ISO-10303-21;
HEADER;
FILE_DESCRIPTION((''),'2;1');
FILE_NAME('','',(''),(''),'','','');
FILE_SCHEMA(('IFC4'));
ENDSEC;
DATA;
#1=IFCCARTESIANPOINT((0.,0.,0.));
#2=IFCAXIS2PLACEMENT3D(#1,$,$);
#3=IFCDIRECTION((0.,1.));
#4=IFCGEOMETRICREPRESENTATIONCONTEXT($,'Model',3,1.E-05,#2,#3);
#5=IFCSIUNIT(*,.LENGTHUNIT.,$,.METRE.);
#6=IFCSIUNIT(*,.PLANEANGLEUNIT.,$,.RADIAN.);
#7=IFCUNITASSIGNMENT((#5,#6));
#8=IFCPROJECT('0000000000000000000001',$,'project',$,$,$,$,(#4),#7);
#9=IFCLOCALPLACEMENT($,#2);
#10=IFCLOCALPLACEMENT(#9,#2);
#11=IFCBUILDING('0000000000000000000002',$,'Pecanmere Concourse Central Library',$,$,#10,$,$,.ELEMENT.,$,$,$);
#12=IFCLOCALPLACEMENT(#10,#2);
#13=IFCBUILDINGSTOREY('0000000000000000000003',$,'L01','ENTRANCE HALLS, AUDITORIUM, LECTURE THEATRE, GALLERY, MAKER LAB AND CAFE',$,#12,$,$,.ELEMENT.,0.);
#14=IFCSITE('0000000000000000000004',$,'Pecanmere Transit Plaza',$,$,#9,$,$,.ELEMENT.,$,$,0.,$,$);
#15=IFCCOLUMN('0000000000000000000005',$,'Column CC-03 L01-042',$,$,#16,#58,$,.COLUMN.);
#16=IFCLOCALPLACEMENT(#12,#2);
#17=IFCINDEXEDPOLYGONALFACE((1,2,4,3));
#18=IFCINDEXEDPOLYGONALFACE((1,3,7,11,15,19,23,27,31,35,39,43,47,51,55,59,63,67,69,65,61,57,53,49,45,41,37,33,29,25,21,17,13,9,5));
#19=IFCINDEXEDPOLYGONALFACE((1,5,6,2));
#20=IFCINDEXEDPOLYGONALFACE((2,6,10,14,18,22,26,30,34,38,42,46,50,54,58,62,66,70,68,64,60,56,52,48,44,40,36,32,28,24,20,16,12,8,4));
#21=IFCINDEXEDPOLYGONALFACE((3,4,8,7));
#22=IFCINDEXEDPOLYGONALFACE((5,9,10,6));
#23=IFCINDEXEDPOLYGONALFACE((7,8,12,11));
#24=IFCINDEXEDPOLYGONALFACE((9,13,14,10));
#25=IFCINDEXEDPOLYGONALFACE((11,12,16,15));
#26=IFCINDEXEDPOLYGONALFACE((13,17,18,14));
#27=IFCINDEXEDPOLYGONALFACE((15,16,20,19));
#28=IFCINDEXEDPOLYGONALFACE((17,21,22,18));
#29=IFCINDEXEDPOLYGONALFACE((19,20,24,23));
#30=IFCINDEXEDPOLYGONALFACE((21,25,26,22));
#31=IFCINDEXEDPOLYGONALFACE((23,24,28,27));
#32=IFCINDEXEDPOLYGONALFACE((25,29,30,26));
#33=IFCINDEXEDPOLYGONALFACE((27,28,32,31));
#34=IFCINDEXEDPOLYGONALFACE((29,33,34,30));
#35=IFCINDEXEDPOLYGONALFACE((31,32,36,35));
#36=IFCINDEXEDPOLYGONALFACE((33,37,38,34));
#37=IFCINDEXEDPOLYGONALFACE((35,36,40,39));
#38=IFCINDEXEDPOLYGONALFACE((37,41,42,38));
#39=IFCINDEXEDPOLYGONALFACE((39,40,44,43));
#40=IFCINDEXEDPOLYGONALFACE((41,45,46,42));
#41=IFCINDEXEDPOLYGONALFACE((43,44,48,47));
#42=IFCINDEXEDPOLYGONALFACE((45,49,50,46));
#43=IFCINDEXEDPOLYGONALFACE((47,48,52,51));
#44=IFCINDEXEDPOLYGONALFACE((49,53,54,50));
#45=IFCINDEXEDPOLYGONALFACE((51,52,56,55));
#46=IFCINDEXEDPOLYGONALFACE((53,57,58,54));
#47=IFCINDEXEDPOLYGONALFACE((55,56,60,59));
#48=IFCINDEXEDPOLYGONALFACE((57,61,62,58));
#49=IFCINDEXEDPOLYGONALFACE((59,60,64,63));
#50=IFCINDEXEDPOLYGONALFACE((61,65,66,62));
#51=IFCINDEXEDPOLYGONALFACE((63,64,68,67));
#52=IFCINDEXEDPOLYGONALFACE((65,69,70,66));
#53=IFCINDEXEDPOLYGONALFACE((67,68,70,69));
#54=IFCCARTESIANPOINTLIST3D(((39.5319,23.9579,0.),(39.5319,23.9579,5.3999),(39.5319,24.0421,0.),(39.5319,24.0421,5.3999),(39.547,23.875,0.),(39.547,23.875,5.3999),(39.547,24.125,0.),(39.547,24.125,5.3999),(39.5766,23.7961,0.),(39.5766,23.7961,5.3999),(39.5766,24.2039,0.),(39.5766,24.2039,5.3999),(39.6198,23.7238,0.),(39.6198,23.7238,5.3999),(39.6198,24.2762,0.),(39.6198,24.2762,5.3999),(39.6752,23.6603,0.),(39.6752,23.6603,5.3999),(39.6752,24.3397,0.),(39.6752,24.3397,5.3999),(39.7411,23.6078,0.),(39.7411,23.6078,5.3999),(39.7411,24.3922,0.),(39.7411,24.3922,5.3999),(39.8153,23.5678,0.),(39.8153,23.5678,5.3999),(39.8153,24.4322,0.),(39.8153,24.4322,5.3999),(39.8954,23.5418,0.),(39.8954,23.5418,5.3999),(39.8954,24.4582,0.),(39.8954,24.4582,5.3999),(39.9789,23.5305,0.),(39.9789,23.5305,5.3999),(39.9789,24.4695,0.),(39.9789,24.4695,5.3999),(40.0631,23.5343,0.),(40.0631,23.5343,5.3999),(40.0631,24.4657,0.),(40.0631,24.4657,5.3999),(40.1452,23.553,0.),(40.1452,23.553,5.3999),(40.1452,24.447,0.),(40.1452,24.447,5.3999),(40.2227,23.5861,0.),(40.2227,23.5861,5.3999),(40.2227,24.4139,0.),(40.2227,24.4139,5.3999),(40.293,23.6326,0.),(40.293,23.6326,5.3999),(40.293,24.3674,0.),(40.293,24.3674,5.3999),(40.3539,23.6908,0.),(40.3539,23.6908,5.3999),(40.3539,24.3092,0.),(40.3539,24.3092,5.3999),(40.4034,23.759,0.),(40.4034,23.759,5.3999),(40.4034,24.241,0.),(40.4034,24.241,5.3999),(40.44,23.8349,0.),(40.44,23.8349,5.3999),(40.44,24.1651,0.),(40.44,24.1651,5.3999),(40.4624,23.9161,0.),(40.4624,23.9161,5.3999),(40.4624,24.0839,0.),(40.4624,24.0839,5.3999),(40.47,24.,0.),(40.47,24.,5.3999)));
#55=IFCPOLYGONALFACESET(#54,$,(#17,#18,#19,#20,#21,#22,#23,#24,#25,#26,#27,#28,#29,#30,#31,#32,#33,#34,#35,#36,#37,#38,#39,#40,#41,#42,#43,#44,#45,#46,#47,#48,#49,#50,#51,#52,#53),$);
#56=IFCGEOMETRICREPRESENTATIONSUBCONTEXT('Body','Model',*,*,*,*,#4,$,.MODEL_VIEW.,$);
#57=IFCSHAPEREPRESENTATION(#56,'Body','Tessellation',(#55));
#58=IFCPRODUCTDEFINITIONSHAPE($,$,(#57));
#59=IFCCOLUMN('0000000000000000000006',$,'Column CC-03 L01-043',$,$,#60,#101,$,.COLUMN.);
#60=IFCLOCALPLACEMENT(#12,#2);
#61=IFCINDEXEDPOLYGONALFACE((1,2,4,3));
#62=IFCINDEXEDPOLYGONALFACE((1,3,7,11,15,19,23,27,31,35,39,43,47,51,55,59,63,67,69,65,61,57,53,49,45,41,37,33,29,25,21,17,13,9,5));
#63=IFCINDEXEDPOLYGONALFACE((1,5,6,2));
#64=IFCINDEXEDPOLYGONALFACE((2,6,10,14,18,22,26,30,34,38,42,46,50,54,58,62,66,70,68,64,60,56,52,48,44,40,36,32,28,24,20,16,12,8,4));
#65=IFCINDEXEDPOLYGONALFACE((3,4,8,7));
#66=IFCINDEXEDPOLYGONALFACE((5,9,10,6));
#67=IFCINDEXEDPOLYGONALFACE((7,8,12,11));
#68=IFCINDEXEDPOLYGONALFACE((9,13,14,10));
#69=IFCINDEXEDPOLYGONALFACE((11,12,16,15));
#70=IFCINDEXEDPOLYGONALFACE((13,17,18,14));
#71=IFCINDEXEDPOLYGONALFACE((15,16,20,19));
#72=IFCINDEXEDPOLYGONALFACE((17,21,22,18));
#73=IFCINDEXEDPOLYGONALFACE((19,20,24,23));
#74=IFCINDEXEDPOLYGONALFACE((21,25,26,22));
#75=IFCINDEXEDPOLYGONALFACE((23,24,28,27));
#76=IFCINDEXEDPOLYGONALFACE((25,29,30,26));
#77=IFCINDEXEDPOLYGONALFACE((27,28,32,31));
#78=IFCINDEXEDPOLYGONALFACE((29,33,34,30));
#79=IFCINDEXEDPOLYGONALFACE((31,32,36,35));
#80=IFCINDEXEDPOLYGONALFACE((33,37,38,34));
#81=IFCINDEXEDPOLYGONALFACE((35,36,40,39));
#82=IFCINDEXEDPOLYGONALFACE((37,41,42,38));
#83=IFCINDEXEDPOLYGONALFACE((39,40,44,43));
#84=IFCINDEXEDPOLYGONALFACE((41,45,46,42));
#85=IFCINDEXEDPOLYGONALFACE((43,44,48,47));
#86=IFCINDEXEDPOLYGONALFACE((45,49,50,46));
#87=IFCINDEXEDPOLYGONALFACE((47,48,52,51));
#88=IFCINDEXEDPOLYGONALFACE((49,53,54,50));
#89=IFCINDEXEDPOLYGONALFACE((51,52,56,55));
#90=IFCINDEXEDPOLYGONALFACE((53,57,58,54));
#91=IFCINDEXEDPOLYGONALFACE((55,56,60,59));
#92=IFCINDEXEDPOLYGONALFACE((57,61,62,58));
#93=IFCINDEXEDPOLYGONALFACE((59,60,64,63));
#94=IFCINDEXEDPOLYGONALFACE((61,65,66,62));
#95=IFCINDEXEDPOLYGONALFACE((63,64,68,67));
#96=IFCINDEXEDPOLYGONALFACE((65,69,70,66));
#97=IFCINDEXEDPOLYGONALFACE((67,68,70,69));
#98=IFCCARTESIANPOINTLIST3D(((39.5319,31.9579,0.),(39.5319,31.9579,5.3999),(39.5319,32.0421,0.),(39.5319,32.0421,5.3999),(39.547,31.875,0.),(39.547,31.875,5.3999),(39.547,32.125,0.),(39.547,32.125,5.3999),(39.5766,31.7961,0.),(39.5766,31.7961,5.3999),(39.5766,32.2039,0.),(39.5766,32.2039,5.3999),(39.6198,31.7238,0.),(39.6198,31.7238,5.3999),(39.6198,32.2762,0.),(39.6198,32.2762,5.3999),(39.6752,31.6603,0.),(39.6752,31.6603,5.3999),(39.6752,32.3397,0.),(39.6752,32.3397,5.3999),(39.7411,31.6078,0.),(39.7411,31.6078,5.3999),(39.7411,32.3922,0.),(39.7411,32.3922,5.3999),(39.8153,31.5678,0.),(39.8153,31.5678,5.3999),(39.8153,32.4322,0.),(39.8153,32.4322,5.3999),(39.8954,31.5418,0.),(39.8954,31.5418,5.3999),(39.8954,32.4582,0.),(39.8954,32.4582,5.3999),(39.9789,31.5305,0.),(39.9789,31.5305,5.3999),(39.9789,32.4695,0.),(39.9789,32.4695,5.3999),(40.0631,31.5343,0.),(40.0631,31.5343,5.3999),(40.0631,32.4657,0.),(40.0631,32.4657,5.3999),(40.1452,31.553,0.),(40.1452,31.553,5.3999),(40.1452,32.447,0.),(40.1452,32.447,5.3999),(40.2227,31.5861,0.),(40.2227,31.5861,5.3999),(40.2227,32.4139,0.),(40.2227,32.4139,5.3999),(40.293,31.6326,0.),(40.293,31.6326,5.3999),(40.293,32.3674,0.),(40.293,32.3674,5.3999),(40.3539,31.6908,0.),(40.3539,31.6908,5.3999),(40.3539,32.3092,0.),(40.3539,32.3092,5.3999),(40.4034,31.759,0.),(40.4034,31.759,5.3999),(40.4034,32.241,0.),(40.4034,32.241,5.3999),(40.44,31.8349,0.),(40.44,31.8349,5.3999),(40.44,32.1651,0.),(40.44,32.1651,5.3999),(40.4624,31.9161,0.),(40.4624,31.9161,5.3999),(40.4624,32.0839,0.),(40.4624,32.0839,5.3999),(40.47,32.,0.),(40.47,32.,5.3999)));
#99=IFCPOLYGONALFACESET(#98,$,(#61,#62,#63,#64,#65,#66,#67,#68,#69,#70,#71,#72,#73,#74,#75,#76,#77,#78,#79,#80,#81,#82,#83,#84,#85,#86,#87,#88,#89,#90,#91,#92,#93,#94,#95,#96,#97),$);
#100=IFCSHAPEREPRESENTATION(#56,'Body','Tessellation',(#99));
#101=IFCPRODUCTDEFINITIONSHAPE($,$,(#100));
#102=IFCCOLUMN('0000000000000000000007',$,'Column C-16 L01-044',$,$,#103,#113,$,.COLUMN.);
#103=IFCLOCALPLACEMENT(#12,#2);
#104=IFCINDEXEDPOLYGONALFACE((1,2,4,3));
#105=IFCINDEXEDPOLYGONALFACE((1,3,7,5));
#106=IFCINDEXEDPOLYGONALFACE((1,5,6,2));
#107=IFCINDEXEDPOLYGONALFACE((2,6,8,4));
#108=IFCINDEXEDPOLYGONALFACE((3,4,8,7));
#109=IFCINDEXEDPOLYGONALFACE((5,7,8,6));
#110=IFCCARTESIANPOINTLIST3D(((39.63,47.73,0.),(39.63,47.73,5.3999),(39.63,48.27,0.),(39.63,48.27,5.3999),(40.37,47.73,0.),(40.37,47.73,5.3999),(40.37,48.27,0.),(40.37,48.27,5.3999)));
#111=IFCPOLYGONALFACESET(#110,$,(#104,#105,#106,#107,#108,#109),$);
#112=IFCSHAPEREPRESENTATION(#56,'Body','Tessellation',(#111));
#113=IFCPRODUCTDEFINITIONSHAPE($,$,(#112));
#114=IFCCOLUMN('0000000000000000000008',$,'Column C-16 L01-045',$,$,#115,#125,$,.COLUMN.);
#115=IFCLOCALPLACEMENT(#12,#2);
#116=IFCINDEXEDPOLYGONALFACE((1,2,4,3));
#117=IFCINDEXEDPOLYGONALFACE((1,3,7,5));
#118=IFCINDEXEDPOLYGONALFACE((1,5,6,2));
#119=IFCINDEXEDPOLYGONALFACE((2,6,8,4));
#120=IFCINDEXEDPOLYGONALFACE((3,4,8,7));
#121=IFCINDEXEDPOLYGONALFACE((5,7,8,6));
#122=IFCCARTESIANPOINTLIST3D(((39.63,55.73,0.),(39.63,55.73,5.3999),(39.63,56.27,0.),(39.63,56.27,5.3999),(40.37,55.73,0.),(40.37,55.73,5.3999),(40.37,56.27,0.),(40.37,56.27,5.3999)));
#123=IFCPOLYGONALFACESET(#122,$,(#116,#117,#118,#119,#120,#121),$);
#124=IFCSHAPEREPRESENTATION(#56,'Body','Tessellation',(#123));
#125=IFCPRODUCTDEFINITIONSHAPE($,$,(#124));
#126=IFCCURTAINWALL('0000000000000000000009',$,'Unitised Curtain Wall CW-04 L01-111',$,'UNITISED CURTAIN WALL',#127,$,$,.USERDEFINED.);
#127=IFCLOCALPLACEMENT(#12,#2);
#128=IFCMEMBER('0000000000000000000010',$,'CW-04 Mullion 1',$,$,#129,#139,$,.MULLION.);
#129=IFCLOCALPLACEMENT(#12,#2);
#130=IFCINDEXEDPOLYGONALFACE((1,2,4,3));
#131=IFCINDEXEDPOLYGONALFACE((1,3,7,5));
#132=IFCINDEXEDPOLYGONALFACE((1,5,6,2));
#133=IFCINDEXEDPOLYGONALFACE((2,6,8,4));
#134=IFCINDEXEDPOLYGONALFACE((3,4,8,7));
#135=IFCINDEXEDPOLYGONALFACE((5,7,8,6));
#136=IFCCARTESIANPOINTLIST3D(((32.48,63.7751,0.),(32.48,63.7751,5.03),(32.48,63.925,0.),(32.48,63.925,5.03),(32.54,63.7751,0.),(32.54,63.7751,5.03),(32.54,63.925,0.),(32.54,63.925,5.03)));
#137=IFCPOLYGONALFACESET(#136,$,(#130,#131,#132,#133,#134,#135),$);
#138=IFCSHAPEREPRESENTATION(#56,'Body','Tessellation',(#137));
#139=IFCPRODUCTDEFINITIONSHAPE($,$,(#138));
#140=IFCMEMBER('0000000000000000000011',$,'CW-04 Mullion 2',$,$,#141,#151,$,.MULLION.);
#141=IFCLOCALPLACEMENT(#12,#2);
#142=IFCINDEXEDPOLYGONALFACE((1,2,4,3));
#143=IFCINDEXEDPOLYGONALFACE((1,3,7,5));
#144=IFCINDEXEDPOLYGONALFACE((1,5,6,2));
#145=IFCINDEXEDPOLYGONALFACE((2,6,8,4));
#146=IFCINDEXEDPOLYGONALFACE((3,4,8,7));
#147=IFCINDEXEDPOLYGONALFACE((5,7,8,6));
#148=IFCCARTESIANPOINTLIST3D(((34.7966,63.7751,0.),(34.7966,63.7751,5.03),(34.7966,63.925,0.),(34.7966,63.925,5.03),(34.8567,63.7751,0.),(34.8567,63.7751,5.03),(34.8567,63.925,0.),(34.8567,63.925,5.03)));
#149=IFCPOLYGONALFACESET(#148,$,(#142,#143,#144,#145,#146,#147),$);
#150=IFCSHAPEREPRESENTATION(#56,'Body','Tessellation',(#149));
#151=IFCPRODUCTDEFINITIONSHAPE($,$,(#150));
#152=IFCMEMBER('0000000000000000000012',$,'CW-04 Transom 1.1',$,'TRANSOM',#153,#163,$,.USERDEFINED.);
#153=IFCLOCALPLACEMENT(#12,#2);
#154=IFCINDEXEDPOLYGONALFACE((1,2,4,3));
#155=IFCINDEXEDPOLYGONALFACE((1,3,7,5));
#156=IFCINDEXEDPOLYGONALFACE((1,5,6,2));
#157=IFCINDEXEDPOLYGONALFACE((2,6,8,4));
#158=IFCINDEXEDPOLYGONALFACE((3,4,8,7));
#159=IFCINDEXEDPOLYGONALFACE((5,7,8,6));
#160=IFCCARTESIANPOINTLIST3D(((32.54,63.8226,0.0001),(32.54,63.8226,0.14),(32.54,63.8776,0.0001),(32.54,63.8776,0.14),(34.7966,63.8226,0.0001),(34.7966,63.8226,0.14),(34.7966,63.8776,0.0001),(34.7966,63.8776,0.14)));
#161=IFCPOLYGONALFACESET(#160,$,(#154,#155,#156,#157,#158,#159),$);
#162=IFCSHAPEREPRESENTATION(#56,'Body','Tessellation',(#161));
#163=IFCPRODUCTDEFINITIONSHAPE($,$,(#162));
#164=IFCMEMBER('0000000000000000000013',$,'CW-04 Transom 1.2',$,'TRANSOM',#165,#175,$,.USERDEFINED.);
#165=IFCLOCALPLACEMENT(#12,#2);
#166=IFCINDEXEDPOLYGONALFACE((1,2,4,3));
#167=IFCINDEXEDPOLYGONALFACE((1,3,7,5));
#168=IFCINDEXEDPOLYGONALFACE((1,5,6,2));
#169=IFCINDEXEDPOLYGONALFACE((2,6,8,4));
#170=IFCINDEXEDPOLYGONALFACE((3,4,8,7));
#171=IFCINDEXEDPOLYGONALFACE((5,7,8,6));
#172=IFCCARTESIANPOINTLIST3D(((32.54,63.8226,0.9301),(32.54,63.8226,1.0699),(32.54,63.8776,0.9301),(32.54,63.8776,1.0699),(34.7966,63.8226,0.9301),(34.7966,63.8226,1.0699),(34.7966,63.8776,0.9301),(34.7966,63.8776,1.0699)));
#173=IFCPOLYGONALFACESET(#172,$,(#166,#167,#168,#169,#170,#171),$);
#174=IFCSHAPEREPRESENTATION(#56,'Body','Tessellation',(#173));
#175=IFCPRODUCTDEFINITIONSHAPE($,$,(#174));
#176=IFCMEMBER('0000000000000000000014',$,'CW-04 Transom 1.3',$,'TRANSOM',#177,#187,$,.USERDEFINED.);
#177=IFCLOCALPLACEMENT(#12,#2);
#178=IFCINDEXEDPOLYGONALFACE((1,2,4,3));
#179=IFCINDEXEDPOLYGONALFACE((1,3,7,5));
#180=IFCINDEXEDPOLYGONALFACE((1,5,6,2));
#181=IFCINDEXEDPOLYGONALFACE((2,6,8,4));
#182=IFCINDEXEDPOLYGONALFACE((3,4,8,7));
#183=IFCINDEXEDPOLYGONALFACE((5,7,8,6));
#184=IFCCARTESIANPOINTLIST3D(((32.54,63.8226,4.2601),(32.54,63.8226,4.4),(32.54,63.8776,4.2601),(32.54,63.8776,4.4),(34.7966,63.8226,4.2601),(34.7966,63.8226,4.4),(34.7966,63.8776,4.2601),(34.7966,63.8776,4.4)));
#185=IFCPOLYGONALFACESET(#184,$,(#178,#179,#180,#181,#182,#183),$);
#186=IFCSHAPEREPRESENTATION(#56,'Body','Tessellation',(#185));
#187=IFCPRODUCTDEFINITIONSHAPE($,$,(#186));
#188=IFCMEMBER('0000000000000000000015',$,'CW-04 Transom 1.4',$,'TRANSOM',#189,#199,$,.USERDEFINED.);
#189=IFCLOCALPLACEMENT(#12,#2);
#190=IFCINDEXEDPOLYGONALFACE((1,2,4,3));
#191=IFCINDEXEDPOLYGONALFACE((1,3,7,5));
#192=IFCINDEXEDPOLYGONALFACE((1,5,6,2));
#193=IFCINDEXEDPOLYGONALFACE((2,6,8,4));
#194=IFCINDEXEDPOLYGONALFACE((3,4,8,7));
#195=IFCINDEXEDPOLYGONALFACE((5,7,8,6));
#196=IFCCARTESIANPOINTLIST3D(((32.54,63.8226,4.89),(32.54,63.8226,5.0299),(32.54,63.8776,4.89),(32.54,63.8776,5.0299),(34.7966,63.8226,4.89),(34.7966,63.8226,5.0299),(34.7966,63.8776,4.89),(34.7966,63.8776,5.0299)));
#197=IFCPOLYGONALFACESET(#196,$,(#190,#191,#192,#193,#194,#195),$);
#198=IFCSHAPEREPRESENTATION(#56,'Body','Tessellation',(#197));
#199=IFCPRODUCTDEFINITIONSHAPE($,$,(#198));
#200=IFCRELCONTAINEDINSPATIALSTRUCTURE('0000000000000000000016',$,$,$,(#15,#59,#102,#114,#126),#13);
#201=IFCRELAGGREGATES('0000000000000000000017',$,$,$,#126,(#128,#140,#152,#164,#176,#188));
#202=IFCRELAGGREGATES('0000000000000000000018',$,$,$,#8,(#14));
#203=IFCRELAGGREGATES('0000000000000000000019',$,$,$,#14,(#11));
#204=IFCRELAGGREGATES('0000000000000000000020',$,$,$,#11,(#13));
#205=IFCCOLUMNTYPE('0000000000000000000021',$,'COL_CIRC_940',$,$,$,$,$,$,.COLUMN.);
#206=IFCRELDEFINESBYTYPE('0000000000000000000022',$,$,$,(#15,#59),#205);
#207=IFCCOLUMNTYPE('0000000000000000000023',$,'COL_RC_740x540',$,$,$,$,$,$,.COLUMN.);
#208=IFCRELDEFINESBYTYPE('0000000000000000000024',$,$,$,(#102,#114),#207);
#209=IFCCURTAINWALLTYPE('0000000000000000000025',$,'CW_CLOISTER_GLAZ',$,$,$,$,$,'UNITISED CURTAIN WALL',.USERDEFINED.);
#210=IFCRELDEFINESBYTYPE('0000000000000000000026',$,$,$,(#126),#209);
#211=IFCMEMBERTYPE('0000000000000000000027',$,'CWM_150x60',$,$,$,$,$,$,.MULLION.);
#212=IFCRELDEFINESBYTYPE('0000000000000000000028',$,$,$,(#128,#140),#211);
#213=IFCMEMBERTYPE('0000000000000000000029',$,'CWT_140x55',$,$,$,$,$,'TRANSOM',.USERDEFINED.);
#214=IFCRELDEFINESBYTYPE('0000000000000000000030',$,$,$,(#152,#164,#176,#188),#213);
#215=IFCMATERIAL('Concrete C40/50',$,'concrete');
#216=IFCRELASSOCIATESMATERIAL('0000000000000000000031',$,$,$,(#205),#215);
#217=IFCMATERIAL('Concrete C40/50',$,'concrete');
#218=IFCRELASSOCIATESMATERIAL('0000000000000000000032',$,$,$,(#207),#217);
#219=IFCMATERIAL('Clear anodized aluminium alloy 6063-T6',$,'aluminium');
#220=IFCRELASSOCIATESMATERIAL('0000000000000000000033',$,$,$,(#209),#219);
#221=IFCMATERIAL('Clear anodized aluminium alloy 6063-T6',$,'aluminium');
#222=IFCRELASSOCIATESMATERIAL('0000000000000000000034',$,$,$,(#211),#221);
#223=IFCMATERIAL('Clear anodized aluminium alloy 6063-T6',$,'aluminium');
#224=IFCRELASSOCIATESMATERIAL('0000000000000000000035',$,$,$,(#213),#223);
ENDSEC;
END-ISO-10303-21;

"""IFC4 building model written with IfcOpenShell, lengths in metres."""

from ifc_helpers import new_model, si_unit, direction, frame, origin, origin_2d, place, context, subcontext, project, spatial, rectangle, circle, extrude, material, material_profile, profile_set, type_object, element, aggregate, save


model = new_model("IFC4")

# Units and contexts
model_context = context("Model", 3, precision=1e-05, world=origin(), true_north=direction((0.0, 1.0)))
body_context = subcontext(model_context, "Body", "Model", "MODEL_VIEW")
ifc_project = project(units=[si_unit("LENGTHUNIT", "METRE"), si_unit("PLANEANGLEUNIT", "RADIAN")], contexts=[model_context])

# Site, building, storey
site_placement = place(None, origin())
site = spatial("IfcSite", under=ifc_project, at=site_placement, Name="Pecanmere Transit Plaza", CompositionType="ELEMENT", RefElevation=0.0)
building_placement = place(site_placement, origin())
building = spatial("IfcBuilding", under=site, at=building_placement, Name="Pecanmere Concourse Central Library", CompositionType="ELEMENT")
storey_placement = place(building_placement, origin())
storey = spatial("IfcBuildingStorey", under=building, at=storey_placement, Name="L01", Description="ENTRANCE HALLS, AUDITORIUM, LECTURE THEATRE, GALLERY, MAKER LAB AND CAFE", CompositionType="ELEMENT", Elevation=0.0)

# Columns
ifc_material_1 = material(Name="Concrete C40/50", Category="concrete")
ifc_material_profile_1 = material_profile(ifc_material_1, circle(Radius=0.47, at=origin_2d()), Name="RC D940")
ifc_profile_set_1 = profile_set([ifc_material_profile_1], Name="Concrete C40/50")
column_type_1 = type_object("IfcColumnType", Name="COL_CIRC_940", PredefinedType="COLUMN", material=ifc_profile_set_1)
for number, where, z_axis, x_axis, name in (
    (1, (40.0, 24.0, 0.0), (0.0, 0.0, 1.0), (1.0, 0.0, 0.0), "Column CC-03 L01-042"),
    (2, (40.0, 32.0, 0.0), (0.0, 0.0, 1.0), (1.0, 0.0, 0.0), "Column CC-03 L01-043"),
):
    element("IfcColumn", number, at=place(storey_placement, frame(where, z_axis=z_axis, x_axis=x_axis)), inside=storey, type_object=column_type_1, Name=name, PredefinedType="COLUMN", context=body_context, shape_type="SweptSolid", body=[
        extrude(circle(Radius=0.47, at=origin_2d()), origin(), (0.0, 0.0, 1.0), 5.3999),
    ])
ifc_material_2 = material(Name="Concrete C40/50", Category="concrete")
ifc_material_profile_2 = material_profile(ifc_material_2, rectangle(XDim=0.74, YDim=0.54, at=origin_2d()), Name="RC 740x540")
ifc_profile_set_2 = profile_set([ifc_material_profile_2], Name="Concrete C40/50")
column_type_2 = type_object("IfcColumnType", Name="COL_RC_740x540", PredefinedType="COLUMN", material=ifc_profile_set_2)
for number, where, z_axis, x_axis, name in (
    (3, (40.0, 48.0, 0.0), (0.0, 0.0, 1.0), (1.0, 0.0, 0.0), "Column C-16 L01-044"),
    (4, (40.0, 56.0, 0.0), (0.0, 0.0, 1.0), (1.0, 0.0, 0.0), "Column C-16 L01-045"),
):
    element("IfcColumn", number, at=place(storey_placement, frame(where, z_axis=z_axis, x_axis=x_axis)), inside=storey, type_object=column_type_2, Name=name, PredefinedType="COLUMN", context=body_context, shape_type="SweptSolid", body=[
        extrude(rectangle(XDim=0.74, YDim=0.54, at=origin_2d()), origin(), (0.0, 0.0, 1.0), 5.3999),
    ])

# Curtain wall, members
ifc_material_3 = material(Name="Clear anodized aluminium alloy 6063-T6", Category="aluminium")
curtain_wall_type = type_object("IfcCurtainWallType", Name="CW_CLOISTER_GLAZ", ElementType="UNITISED CURTAIN WALL", PredefinedType="USERDEFINED", material=ifc_material_3)
curtain_wall_placement = place(storey_placement, origin())
curtain_wall = element("IfcCurtainWall", 5, at=curtain_wall_placement, inside=storey, type_object=curtain_wall_type, Name="Unitised Curtain Wall CW-04 L01-111", ObjectType="UNITISED CURTAIN WALL", PredefinedType="USERDEFINED")
ifc_material_4 = material(Name="Clear anodized aluminium alloy 6063-T6", Category="aluminium")
ifc_material_profile_3 = material_profile(ifc_material_4, rectangle(XDim=0.0601, YDim=0.1499, at=origin_2d()), Name="AL 60x150")
ifc_profile_set_3 = profile_set([ifc_material_profile_3], Name="Clear anodized aluminium alloy 6063-T6")
member_type_1 = type_object("IfcMemberType", Name="CWM_150x60", PredefinedType="MULLION", material=ifc_profile_set_3)
member_1_placement = place(storey_placement, frame((32.51, 63.8501, 0.0), z_axis=(0.0, 0.0, 1.0), x_axis=(1.0, 0.0, 0.0)))
member_1 = element("IfcMember", 6, at=member_1_placement, type_object=member_type_1, Name="CW-04 Mullion 1", PredefinedType="MULLION", context=body_context, shape_type="SweptSolid", body=[
    extrude(rectangle(XDim=0.0601, YDim=0.1499, at=origin_2d()), origin(), (0.0, 0.0, 1.0), 5.03),
])
member_2_placement = place(storey_placement, frame((34.8267, 63.8501, 0.0), z_axis=(0.0, 0.0, 1.0), x_axis=(1.0, 0.0, 0.0)))
member_2 = element("IfcMember", 7, at=member_2_placement, type_object=member_type_1, Name="CW-04 Mullion 2", PredefinedType="MULLION", context=body_context, shape_type="SweptSolid", body=[
    extrude(rectangle(XDim=0.0601, YDim=0.1499, at=origin_2d()), origin(), (0.0, 0.0, 1.0), 5.03),
])
ifc_material_5 = material(Name="Clear anodized aluminium alloy 6063-T6", Category="aluminium")
ifc_material_profile_4 = material_profile(ifc_material_5, rectangle(XDim=0.0549, YDim=0.1399, at=origin_2d()), Name="AL 55x140")
ifc_profile_set_4 = profile_set([ifc_material_profile_4], Name="Clear anodized aluminium alloy 6063-T6")
member_type_2 = type_object("IfcMemberType", Name="CWT_140x55", ElementType="TRANSOM", PredefinedType="USERDEFINED", material=ifc_profile_set_4)
member_3_placement = place(storey_placement, frame((32.54, 63.8501, 0.0701), z_axis=(1.0, 0.0, 0.0), x_axis=(0.0, 1.0, 0.0)))
member_3 = element("IfcMember", 8, at=member_3_placement, type_object=member_type_2, Name="CW-04 Transom 1.1", ObjectType="TRANSOM", PredefinedType="USERDEFINED", context=body_context, shape_type="SweptSolid", body=[
    extrude(rectangle(XDim=0.0549, YDim=0.1399, at=origin_2d()), origin(), (0.0, 0.0, 1.0), 2.2566),
])
member_4_placement = place(storey_placement, frame((32.54, 63.8501, 1.0), z_axis=(1.0, 0.0, 0.0), x_axis=(0.0, 1.0, 0.0)))
member_4 = element("IfcMember", 9, at=member_4_placement, type_object=member_type_2, Name="CW-04 Transom 1.2", ObjectType="TRANSOM", PredefinedType="USERDEFINED", context=body_context, shape_type="SweptSolid", body=[
    extrude(rectangle(XDim=0.0549, YDim=0.1399, at=origin_2d()), origin(), (0.0, 0.0, 1.0), 2.2566),
])
member_5_placement = place(storey_placement, frame((32.54, 63.8501, 4.3301), z_axis=(1.0, 0.0, 0.0), x_axis=(0.0, 1.0, 0.0)))
member_5 = element("IfcMember", 10, at=member_5_placement, type_object=member_type_2, Name="CW-04 Transom 1.3", ObjectType="TRANSOM", PredefinedType="USERDEFINED", context=body_context, shape_type="SweptSolid", body=[
    extrude(rectangle(XDim=0.0549, YDim=0.1399, at=origin_2d()), origin(), (0.0, 0.0, 1.0), 2.2566),
])
member_6_placement = place(storey_placement, frame((32.54, 63.8501, 4.96), z_axis=(1.0, 0.0, 0.0), x_axis=(0.0, 1.0, 0.0)))
member_6 = element("IfcMember", 11, at=member_6_placement, type_object=member_type_2, Name="CW-04 Transom 1.4", ObjectType="TRANSOM", PredefinedType="USERDEFINED", context=body_context, shape_type="SweptSolid", body=[
    extrude(rectangle(XDim=0.0549, YDim=0.1399, at=origin_2d()), origin(), (0.0, 0.0, 1.0), 2.2566),
])
aggregate(curtain_wall, [member_1, member_2, member_3, member_4, member_5, member_6])

save(model, "model.ifc")
